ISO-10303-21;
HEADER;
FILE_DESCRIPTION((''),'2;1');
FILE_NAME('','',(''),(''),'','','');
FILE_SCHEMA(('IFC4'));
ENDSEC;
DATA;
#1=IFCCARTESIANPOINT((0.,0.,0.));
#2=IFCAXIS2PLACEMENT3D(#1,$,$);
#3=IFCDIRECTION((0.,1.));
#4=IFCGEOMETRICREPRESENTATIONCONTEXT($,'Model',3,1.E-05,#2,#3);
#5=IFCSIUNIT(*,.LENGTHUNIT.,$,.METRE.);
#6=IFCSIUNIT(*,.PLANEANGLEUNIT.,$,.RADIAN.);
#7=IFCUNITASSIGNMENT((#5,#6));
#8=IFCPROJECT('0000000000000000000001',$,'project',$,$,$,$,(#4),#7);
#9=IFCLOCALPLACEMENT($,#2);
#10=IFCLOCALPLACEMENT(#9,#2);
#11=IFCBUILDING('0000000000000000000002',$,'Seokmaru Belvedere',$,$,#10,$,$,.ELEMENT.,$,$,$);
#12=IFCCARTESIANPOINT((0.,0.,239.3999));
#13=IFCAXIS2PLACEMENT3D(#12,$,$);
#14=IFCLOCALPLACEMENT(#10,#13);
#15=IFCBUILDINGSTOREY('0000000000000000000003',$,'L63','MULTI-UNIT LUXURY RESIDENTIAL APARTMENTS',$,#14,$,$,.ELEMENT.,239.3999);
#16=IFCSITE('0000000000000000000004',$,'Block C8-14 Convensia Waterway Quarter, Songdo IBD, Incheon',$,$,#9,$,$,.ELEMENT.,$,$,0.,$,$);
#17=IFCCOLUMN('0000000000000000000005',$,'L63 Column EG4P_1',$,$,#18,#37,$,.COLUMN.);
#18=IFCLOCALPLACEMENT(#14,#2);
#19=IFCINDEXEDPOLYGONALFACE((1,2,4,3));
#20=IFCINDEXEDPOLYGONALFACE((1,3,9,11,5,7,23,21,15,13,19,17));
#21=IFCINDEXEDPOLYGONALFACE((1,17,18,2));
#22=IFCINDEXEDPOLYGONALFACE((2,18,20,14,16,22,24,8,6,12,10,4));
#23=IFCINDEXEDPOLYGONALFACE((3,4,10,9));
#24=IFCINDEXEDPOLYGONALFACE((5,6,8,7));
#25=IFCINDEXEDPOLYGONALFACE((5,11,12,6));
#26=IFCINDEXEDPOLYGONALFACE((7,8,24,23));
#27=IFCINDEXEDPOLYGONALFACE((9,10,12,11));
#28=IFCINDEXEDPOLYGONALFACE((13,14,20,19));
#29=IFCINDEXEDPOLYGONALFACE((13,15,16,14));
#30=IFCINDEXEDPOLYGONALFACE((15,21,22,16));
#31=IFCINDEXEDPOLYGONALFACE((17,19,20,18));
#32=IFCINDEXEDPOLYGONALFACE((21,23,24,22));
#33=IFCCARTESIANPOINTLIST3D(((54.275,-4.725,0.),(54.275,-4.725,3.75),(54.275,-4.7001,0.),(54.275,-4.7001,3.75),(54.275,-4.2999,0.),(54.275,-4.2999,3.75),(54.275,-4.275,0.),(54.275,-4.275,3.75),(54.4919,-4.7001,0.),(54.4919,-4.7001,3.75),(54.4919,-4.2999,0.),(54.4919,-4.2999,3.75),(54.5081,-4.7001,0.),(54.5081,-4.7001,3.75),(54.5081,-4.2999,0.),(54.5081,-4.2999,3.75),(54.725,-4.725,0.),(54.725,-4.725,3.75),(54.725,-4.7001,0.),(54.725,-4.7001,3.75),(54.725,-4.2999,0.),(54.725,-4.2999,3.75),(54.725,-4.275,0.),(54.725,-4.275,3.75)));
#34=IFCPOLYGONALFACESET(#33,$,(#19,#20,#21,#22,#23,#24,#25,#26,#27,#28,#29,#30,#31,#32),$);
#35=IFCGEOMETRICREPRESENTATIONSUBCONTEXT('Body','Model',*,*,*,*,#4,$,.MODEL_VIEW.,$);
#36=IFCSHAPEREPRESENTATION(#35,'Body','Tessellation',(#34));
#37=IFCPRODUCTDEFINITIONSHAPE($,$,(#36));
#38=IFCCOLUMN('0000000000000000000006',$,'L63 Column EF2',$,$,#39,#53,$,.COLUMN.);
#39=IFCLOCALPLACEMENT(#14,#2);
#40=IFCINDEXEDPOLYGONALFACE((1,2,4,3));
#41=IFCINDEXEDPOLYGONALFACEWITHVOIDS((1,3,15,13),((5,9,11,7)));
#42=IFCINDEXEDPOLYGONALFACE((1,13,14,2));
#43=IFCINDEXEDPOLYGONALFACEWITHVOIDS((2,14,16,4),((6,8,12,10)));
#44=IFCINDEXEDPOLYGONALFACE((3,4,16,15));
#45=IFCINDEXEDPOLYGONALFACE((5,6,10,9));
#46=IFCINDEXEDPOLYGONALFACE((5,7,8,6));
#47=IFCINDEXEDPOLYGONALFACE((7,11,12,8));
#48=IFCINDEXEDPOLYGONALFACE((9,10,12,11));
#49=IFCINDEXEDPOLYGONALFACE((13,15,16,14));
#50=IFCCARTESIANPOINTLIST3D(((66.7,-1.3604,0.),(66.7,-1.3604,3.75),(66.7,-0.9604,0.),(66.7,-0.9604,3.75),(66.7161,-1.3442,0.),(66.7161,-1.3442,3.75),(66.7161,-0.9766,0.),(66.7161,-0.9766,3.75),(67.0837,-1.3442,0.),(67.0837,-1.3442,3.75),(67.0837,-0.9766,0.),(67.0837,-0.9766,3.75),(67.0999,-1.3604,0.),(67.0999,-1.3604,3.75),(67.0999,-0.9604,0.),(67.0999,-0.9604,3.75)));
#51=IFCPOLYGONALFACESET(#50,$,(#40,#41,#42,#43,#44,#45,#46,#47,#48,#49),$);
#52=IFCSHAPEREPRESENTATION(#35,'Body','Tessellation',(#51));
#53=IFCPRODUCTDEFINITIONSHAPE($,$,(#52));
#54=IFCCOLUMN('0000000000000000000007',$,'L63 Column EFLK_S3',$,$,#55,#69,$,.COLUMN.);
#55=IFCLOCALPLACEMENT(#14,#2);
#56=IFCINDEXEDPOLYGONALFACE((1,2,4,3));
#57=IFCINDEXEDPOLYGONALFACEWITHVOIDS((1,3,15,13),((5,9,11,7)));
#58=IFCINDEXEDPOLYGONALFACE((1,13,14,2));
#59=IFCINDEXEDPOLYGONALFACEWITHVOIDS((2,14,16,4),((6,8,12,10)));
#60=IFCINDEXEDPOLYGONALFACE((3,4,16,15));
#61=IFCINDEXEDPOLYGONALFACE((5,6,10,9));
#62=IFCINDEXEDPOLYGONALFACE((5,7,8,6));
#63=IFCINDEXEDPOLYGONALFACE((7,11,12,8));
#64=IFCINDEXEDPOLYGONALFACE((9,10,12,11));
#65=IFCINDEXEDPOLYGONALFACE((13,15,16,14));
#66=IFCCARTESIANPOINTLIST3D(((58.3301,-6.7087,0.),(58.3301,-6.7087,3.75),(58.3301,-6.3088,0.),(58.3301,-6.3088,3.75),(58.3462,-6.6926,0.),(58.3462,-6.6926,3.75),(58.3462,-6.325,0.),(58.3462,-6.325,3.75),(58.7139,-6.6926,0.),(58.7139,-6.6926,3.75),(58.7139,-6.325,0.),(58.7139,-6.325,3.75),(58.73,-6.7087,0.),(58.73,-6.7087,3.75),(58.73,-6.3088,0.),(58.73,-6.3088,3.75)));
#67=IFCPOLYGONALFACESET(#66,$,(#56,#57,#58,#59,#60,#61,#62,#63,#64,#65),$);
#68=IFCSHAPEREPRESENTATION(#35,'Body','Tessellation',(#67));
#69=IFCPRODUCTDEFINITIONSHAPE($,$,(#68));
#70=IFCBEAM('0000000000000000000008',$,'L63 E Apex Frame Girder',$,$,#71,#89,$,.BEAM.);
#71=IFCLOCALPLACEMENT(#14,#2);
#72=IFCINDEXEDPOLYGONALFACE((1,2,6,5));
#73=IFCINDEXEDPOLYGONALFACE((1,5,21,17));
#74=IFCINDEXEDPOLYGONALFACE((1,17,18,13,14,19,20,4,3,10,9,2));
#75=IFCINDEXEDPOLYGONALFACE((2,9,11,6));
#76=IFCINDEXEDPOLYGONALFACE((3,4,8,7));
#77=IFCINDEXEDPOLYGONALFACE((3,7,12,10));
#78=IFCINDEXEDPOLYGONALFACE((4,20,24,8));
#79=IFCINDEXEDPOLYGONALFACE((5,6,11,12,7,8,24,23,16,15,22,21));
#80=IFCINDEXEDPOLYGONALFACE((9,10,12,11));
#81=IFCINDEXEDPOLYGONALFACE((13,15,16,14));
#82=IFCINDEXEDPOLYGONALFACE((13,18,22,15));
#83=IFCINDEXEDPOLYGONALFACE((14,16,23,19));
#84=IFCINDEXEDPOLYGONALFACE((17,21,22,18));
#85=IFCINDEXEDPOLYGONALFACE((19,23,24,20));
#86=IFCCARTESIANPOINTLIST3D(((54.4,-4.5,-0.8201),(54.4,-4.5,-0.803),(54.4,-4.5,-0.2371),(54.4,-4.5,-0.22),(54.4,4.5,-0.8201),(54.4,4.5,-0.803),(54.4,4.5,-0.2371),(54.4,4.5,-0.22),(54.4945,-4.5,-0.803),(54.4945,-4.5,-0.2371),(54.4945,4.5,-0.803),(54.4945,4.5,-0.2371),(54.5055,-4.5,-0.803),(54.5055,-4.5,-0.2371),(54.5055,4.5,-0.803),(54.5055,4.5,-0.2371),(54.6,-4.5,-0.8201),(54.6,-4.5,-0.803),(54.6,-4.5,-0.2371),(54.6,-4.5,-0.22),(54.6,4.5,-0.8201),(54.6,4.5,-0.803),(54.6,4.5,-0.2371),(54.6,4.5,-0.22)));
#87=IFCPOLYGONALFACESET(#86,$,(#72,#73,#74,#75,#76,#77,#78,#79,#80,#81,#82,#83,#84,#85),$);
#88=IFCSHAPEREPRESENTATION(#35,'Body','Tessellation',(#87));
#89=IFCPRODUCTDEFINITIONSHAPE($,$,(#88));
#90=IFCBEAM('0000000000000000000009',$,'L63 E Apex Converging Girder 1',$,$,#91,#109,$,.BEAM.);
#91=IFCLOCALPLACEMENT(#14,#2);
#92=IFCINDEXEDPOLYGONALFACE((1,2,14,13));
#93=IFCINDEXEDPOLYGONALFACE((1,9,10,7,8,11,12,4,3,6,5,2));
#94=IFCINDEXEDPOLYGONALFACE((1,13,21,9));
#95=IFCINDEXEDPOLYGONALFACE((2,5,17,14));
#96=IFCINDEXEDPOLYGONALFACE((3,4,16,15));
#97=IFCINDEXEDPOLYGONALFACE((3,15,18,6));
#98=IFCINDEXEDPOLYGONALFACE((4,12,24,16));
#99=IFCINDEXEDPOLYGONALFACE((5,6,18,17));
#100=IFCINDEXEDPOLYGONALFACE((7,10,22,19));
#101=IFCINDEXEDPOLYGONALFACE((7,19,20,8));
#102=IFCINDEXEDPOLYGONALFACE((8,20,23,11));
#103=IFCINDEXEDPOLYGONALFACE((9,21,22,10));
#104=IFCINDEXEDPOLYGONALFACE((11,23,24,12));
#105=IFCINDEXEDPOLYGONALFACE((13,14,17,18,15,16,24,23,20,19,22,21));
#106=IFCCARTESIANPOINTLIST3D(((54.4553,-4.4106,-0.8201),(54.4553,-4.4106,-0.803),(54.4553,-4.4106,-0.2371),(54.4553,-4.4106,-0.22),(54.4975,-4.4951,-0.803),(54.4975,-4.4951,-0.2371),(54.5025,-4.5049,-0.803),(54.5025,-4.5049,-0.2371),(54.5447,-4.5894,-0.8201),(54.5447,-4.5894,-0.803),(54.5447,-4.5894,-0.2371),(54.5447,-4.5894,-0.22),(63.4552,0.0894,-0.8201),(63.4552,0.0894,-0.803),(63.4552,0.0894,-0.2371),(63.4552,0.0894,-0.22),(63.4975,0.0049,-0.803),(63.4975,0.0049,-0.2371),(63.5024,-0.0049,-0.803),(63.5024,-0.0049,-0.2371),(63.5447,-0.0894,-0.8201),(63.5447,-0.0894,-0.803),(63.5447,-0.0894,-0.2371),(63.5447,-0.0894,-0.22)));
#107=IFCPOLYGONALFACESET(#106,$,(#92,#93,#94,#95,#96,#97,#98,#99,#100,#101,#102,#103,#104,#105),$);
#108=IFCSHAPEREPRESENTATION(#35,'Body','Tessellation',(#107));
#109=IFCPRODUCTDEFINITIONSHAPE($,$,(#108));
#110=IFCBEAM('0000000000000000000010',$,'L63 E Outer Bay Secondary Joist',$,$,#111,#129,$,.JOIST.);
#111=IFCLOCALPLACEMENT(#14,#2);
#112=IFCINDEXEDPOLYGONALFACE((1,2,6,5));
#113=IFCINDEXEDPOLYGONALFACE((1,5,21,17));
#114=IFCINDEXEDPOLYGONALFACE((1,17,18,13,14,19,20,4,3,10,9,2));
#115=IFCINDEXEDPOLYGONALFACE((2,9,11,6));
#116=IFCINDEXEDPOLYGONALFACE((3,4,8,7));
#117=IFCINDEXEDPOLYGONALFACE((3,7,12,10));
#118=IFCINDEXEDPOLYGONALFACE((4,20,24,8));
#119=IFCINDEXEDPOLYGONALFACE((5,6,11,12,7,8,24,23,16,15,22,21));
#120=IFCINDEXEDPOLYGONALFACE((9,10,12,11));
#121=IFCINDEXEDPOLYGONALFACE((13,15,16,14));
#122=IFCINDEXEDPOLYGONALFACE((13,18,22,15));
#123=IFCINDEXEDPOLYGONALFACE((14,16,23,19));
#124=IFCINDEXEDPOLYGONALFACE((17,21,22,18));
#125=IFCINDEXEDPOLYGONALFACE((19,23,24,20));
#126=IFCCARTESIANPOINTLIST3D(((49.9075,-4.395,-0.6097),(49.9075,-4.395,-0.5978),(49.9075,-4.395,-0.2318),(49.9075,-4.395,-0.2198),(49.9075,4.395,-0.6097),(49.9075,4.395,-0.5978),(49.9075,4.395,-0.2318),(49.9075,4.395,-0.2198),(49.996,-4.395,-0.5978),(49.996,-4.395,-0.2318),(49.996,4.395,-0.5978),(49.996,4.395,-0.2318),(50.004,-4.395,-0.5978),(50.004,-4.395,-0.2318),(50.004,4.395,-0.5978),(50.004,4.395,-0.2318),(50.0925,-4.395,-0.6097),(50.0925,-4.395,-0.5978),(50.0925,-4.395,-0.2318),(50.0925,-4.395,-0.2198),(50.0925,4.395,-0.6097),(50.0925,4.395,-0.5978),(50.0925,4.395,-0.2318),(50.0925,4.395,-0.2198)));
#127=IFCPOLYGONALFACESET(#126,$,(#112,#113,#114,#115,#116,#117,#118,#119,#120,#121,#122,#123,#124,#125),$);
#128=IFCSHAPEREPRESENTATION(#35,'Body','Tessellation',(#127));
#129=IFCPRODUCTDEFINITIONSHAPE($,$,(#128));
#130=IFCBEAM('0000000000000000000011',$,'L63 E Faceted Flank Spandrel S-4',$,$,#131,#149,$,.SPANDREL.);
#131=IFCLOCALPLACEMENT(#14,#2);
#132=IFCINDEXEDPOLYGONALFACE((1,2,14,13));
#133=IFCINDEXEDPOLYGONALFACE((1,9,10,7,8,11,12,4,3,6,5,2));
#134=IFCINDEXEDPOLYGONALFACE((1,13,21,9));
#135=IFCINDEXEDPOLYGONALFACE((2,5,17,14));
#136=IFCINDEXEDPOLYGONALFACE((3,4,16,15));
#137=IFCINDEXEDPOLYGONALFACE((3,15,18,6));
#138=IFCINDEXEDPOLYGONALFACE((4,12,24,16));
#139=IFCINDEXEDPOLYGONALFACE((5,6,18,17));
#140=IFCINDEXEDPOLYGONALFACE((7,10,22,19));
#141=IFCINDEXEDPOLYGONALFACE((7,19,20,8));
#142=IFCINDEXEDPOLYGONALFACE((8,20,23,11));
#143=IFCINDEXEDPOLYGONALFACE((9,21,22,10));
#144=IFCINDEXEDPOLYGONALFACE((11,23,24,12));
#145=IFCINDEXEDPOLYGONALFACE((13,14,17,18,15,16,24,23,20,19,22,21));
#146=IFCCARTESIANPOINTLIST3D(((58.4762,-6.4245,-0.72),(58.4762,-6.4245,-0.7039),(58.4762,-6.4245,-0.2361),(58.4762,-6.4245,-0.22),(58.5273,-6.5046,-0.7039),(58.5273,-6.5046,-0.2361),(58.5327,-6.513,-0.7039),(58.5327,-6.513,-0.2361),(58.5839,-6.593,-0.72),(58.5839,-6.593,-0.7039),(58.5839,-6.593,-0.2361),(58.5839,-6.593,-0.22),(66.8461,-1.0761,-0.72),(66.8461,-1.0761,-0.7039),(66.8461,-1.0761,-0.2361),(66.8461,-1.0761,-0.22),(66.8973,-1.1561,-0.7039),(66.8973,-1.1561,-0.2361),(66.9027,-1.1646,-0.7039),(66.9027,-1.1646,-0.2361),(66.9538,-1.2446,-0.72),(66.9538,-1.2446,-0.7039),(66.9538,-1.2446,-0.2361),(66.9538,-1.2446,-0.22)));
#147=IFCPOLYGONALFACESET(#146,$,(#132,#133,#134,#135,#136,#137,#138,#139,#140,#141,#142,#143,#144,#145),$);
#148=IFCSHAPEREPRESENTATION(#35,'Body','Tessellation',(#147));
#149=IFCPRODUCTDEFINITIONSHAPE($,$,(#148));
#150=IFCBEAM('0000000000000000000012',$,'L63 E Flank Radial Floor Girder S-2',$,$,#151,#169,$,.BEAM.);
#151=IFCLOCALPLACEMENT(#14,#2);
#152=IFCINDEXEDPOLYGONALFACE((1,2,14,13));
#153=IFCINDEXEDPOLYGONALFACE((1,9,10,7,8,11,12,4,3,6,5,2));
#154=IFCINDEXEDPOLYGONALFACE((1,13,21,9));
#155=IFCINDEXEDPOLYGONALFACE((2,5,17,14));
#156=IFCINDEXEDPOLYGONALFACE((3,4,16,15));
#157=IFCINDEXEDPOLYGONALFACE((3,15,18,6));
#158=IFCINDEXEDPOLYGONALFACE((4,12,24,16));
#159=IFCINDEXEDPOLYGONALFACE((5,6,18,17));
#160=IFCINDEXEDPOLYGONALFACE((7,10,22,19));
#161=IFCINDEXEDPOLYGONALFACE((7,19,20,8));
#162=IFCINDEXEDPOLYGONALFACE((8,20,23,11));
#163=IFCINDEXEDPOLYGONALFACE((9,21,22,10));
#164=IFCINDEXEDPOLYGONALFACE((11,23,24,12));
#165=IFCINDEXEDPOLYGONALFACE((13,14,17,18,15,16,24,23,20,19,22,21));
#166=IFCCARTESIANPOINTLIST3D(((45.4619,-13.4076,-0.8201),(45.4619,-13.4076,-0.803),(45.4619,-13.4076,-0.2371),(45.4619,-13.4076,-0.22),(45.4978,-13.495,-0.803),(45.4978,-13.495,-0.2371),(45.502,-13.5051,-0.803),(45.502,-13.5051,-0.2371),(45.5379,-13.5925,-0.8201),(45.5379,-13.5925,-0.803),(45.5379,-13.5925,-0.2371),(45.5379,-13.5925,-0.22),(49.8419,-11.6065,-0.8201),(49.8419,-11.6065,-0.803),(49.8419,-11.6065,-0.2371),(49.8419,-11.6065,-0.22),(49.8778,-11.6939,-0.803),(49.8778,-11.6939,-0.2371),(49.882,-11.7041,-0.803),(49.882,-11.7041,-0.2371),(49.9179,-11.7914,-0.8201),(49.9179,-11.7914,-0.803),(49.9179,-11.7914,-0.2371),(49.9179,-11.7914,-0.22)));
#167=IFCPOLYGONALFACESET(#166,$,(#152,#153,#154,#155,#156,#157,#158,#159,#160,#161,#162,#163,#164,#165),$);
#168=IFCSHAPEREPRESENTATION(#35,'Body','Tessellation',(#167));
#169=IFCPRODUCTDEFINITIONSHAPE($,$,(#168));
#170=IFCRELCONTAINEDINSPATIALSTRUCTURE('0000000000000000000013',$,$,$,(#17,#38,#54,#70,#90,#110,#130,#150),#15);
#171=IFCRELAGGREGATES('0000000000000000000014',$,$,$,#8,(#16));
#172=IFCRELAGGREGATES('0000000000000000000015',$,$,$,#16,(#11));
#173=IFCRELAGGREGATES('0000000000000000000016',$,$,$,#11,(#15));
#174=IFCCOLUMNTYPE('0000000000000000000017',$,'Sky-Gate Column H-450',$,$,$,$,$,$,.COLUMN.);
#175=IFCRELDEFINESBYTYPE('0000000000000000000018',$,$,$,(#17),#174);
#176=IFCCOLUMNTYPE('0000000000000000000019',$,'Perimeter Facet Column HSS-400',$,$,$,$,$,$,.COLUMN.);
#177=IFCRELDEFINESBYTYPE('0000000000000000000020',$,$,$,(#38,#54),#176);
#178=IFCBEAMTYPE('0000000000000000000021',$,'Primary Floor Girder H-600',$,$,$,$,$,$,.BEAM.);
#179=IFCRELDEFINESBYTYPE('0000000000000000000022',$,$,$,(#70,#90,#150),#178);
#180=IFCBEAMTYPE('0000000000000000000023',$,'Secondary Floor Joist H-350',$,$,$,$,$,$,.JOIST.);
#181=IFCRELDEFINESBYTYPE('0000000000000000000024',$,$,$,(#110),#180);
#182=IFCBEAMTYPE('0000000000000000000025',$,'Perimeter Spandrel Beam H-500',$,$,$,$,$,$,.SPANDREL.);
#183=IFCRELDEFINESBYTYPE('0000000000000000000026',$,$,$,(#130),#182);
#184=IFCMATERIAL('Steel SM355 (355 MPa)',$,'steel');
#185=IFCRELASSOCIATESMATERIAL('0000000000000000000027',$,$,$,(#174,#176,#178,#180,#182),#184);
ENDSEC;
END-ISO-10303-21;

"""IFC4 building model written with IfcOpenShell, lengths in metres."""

from ifc_helpers import new_model, si_unit, direction, frame, origin, origin_2d, place, context, subcontext, project, spatial, hollow_rectangle, i_section, extrude, source, transform, mapped, material, material_profile, profile_set, type_object, type_shapes, element, save


model = new_model("IFC4")

# Units and contexts
model_context = context("Model", 3, precision=1e-05, world=origin(), true_north=direction((0.0, 1.0)))
body_context = subcontext(model_context, "Body", "Model", "MODEL_VIEW")
ifc_project = project(units=[si_unit("LENGTHUNIT", "METRE"), si_unit("PLANEANGLEUNIT", "RADIAN")], contexts=[model_context])

# Site, building, storey
site_placement = place(None, origin())
site = spatial("IfcSite", under=ifc_project, at=site_placement, Name="Block C8-14 Convensia Waterway Quarter, Songdo IBD, Incheon", CompositionType="ELEMENT", RefElevation=0.0)
building_placement = place(site_placement, origin())
building = spatial("IfcBuilding", under=site, at=building_placement, Name="Seokmaru Belvedere", CompositionType="ELEMENT")
storey_placement = place(building_placement, frame((0.0, 0.0, 239.3999)))
storey = spatial("IfcBuildingStorey", under=building, at=storey_placement, Name="L63", Description="MULTI-UNIT LUXURY RESIDENTIAL APARTMENTS", CompositionType="ELEMENT", Elevation=239.3999)

# Columns
ifc_material_1 = material(Name="Steel SM355 (355 MPa)", Category="steel")
ifc_material_profile_1 = material_profile(ifc_material_1, i_section(OverallWidth=0.45, OverallDepth=0.45, WebThickness=0.0161, FlangeThickness=0.0249, at=origin_2d()), Name="H-450x450x16x25")
ifc_profile_set_1 = profile_set([ifc_material_profile_1], Name="Steel SM355 (355 MPa)")
column_type_1 = type_object("IfcColumnType", Name="Sky-Gate Column H-450", PredefinedType="COLUMN", material=ifc_profile_set_1)
shared_shape_1 = source(origin(), body_context, "Body", "SweptSolid", [
    extrude(i_section(OverallWidth=0.45, OverallDepth=0.45, WebThickness=0.0161, FlangeThickness=0.0249, at=origin_2d()), origin(), (0.0, 0.0, 1.0), 3.75),
])
type_shapes(column_type_1, [shared_shape_1])
column_placement = place(storey_placement, frame((54.5, -4.5, 0.0), z_axis=(0.0, 0.0, 1.0), x_axis=(1.0, 0.0, 0.0)))
element("IfcColumn", 1, at=column_placement, inside=storey, type_object=column_type_1, Name="L63 Column EG4P_1", PredefinedType="COLUMN", context=body_context, shape_type="MappedRepresentation", body=[
    mapped(shared_shape_1, transform((0.0, 0.0, 0.0), scale=1.0)),
])
ifc_material_profile_2 = material_profile(ifc_material_1, hollow_rectangle(XDim=0.3999, YDim=0.3999, WallThickness=0.0161, at=origin_2d()), Name="HSS-400x400x16")
ifc_profile_set_2 = profile_set([ifc_material_profile_2], Name="Steel SM355 (355 MPa)")
column_type_2 = type_object("IfcColumnType", Name="Perimeter Facet Column HSS-400", PredefinedType="COLUMN", material=ifc_profile_set_2)
shared_shape_2 = source(origin(), body_context, "Body", "SweptSolid", [
    extrude(hollow_rectangle(XDim=0.3999, YDim=0.3999, WallThickness=0.0161, at=origin_2d()), origin(), (0.0, 0.0, 1.0), 3.75),
])
type_shapes(column_type_2, [shared_shape_2])
for number, where, z_axis, x_axis, name in (
    (2, (66.8999, -1.1604, 0.0), (0.0, 0.0, 1.0), (1.0, 0.0, 0.0), "L63 Column EF2"),
    (3, (58.53, -6.5088, 0.0), (0.0, 0.0, 1.0), (1.0, 0.0, 0.0), "L63 Column EFLK_S3"),
):
    element("IfcColumn", number, at=place(storey_placement, frame(where, z_axis=z_axis, x_axis=x_axis)), inside=storey, type_object=column_type_2, Name=name, PredefinedType="COLUMN", context=body_context, shape_type="MappedRepresentation", body=[
        mapped(shared_shape_2, transform((0.0, 0.0, 0.0), scale=1.0)),
    ])

# Beams
ifc_material_profile_3 = material_profile(ifc_material_1, i_section(OverallWidth=0.2, OverallDepth=0.6001, WebThickness=0.011, FlangeThickness=0.0171, at=origin_2d()), Name="H-600x200x11x17")
ifc_profile_set_3 = profile_set([ifc_material_profile_3], Name="Steel SM355 (355 MPa)")
beam_type_1 = type_object("IfcBeamType", Name="Primary Floor Girder H-600", PredefinedType="BEAM", material=ifc_profile_set_3)
shared_shape_3 = source(origin(), body_context, "Body", "SweptSolid", [
    extrude(i_section(OverallWidth=0.2, OverallDepth=0.6001, WebThickness=0.011, FlangeThickness=0.0171, at=origin_2d()), origin(), (0.0, 0.0, 1.0), 9.0),
])
beam_1_placement = place(storey_placement, frame((54.5, -4.5, -0.52), z_axis=(0.0, 1.0, 0.0), x_axis=(-1.0, 0.0, 0.0)))
element("IfcBeam", 4, at=beam_1_placement, inside=storey, type_object=beam_type_1, Name="L63 E Apex Frame Girder", PredefinedType="BEAM", context=body_context, shape_type="MappedRepresentation", body=[
    mapped(shared_shape_3, transform((0.0, 0.0, 0.0), scale=1.0)),
])
shared_shape_4 = source(origin(), body_context, "Body", "SweptSolid", [
    extrude(i_section(OverallWidth=0.2, OverallDepth=0.6001, WebThickness=0.011, FlangeThickness=0.0171, at=origin_2d()), origin(), (0.0, 0.0, 1.0), 10.0623),
])
beam_2_placement = place(storey_placement, frame((54.5, -4.5, -0.52), z_axis=(0.894427, 0.447214, 0.0), x_axis=(-0.447214, 0.894427, 0.0)))
element("IfcBeam", 5, at=beam_2_placement, inside=storey, type_object=beam_type_1, Name="L63 E Apex Converging Girder 1", PredefinedType="BEAM", context=body_context, shape_type="MappedRepresentation", body=[
    mapped(shared_shape_4, transform((0.0, 0.0, 0.0), scale=1.0)),
])
ifc_material_profile_4 = material_profile(ifc_material_1, i_section(OverallWidth=0.1851, OverallDepth=0.3899, WebThickness=0.0081, FlangeThickness=0.012, at=origin_2d()), Name="H-390x185x8x12")
ifc_profile_set_4 = profile_set([ifc_material_profile_4], Name="Steel SM355 (355 MPa)")
beam_type_2 = type_object("IfcBeamType", Name="Secondary Floor Joist H-350", PredefinedType="JOIST", material=ifc_profile_set_4)
shared_shape_5 = source(origin(), body_context, "Body", "SweptSolid", [
    extrude(i_section(OverallWidth=0.1851, OverallDepth=0.3899, WebThickness=0.0081, FlangeThickness=0.012, at=origin_2d()), origin(), (0.0, 0.0, 1.0), 8.79),
])
type_shapes(beam_type_2, [shared_shape_5])
beam_3_placement = place(storey_placement, frame((50.0, -4.395, -0.4148), z_axis=(0.0, 1.0, 0.0), x_axis=(-1.0, 0.0, 0.0)))
element("IfcBeam", 6, at=beam_3_placement, inside=storey, type_object=beam_type_2, Name="L63 E Outer Bay Secondary Joist", PredefinedType="JOIST", context=body_context, shape_type="MappedRepresentation", body=[
    mapped(shared_shape_5, transform((0.0, 0.0, 0.0), scale=1.0)),
])
ifc_material_profile_5 = material_profile(ifc_material_1, i_section(OverallWidth=0.2, OverallDepth=0.5, WebThickness=0.01, FlangeThickness=0.0161, at=origin_2d()), Name="H-500x200x10x16")
ifc_profile_set_5 = profile_set([ifc_material_profile_5], Name="Steel SM355 (355 MPa)")
beam_type_3 = type_object("IfcBeamType", Name="Perimeter Spandrel Beam H-500", PredefinedType="SPANDREL", material=ifc_profile_set_5)
shared_shape_6 = source(origin(), body_context, "Body", "SweptSolid", [
    extrude(i_section(OverallWidth=0.2, OverallDepth=0.5, WebThickness=0.01, FlangeThickness=0.0161, at=origin_2d()), origin(), (0.0, 0.0, 1.0), 9.9329),
])
type_shapes(beam_type_3, [shared_shape_6])
beam_4_placement = place(storey_placement, frame((58.53, -6.5088, -0.47), z_axis=(0.842652, 0.538459, 0.0), x_axis=(-0.538459, 0.842652, 0.0)))
element("IfcBeam", 7, at=beam_4_placement, inside=storey, type_object=beam_type_3, Name="L63 E Faceted Flank Spandrel S-4", PredefinedType="SPANDREL", context=body_context, shape_type="MappedRepresentation", body=[
    mapped(shared_shape_6, transform((0.0, 0.0, 0.0), scale=1.0)),
])
shared_shape_7 = source(origin(), body_context, "Body", "SweptSolid", [
    extrude(i_section(OverallWidth=0.2, OverallDepth=0.6001, WebThickness=0.011, FlangeThickness=0.0171, at=origin_2d()), origin(), (0.0, 0.0, 1.0), 4.7358),
])
beam_5_placement = place(storey_placement, frame((49.8799, -11.699, -0.52), z_axis=(-0.924861, -0.380306, 0.0), x_axis=(0.380306, -0.924861, 0.0)))
element("IfcBeam", 8, at=beam_5_placement, inside=storey, type_object=beam_type_1, Name="L63 E Flank Radial Floor Girder S-2", PredefinedType="BEAM", context=body_context, shape_type="MappedRepresentation", body=[
    mapped(shared_shape_7, transform((0.0, 0.0, 0.0), scale=1.0)),
])

save(model, "model.ifc")
